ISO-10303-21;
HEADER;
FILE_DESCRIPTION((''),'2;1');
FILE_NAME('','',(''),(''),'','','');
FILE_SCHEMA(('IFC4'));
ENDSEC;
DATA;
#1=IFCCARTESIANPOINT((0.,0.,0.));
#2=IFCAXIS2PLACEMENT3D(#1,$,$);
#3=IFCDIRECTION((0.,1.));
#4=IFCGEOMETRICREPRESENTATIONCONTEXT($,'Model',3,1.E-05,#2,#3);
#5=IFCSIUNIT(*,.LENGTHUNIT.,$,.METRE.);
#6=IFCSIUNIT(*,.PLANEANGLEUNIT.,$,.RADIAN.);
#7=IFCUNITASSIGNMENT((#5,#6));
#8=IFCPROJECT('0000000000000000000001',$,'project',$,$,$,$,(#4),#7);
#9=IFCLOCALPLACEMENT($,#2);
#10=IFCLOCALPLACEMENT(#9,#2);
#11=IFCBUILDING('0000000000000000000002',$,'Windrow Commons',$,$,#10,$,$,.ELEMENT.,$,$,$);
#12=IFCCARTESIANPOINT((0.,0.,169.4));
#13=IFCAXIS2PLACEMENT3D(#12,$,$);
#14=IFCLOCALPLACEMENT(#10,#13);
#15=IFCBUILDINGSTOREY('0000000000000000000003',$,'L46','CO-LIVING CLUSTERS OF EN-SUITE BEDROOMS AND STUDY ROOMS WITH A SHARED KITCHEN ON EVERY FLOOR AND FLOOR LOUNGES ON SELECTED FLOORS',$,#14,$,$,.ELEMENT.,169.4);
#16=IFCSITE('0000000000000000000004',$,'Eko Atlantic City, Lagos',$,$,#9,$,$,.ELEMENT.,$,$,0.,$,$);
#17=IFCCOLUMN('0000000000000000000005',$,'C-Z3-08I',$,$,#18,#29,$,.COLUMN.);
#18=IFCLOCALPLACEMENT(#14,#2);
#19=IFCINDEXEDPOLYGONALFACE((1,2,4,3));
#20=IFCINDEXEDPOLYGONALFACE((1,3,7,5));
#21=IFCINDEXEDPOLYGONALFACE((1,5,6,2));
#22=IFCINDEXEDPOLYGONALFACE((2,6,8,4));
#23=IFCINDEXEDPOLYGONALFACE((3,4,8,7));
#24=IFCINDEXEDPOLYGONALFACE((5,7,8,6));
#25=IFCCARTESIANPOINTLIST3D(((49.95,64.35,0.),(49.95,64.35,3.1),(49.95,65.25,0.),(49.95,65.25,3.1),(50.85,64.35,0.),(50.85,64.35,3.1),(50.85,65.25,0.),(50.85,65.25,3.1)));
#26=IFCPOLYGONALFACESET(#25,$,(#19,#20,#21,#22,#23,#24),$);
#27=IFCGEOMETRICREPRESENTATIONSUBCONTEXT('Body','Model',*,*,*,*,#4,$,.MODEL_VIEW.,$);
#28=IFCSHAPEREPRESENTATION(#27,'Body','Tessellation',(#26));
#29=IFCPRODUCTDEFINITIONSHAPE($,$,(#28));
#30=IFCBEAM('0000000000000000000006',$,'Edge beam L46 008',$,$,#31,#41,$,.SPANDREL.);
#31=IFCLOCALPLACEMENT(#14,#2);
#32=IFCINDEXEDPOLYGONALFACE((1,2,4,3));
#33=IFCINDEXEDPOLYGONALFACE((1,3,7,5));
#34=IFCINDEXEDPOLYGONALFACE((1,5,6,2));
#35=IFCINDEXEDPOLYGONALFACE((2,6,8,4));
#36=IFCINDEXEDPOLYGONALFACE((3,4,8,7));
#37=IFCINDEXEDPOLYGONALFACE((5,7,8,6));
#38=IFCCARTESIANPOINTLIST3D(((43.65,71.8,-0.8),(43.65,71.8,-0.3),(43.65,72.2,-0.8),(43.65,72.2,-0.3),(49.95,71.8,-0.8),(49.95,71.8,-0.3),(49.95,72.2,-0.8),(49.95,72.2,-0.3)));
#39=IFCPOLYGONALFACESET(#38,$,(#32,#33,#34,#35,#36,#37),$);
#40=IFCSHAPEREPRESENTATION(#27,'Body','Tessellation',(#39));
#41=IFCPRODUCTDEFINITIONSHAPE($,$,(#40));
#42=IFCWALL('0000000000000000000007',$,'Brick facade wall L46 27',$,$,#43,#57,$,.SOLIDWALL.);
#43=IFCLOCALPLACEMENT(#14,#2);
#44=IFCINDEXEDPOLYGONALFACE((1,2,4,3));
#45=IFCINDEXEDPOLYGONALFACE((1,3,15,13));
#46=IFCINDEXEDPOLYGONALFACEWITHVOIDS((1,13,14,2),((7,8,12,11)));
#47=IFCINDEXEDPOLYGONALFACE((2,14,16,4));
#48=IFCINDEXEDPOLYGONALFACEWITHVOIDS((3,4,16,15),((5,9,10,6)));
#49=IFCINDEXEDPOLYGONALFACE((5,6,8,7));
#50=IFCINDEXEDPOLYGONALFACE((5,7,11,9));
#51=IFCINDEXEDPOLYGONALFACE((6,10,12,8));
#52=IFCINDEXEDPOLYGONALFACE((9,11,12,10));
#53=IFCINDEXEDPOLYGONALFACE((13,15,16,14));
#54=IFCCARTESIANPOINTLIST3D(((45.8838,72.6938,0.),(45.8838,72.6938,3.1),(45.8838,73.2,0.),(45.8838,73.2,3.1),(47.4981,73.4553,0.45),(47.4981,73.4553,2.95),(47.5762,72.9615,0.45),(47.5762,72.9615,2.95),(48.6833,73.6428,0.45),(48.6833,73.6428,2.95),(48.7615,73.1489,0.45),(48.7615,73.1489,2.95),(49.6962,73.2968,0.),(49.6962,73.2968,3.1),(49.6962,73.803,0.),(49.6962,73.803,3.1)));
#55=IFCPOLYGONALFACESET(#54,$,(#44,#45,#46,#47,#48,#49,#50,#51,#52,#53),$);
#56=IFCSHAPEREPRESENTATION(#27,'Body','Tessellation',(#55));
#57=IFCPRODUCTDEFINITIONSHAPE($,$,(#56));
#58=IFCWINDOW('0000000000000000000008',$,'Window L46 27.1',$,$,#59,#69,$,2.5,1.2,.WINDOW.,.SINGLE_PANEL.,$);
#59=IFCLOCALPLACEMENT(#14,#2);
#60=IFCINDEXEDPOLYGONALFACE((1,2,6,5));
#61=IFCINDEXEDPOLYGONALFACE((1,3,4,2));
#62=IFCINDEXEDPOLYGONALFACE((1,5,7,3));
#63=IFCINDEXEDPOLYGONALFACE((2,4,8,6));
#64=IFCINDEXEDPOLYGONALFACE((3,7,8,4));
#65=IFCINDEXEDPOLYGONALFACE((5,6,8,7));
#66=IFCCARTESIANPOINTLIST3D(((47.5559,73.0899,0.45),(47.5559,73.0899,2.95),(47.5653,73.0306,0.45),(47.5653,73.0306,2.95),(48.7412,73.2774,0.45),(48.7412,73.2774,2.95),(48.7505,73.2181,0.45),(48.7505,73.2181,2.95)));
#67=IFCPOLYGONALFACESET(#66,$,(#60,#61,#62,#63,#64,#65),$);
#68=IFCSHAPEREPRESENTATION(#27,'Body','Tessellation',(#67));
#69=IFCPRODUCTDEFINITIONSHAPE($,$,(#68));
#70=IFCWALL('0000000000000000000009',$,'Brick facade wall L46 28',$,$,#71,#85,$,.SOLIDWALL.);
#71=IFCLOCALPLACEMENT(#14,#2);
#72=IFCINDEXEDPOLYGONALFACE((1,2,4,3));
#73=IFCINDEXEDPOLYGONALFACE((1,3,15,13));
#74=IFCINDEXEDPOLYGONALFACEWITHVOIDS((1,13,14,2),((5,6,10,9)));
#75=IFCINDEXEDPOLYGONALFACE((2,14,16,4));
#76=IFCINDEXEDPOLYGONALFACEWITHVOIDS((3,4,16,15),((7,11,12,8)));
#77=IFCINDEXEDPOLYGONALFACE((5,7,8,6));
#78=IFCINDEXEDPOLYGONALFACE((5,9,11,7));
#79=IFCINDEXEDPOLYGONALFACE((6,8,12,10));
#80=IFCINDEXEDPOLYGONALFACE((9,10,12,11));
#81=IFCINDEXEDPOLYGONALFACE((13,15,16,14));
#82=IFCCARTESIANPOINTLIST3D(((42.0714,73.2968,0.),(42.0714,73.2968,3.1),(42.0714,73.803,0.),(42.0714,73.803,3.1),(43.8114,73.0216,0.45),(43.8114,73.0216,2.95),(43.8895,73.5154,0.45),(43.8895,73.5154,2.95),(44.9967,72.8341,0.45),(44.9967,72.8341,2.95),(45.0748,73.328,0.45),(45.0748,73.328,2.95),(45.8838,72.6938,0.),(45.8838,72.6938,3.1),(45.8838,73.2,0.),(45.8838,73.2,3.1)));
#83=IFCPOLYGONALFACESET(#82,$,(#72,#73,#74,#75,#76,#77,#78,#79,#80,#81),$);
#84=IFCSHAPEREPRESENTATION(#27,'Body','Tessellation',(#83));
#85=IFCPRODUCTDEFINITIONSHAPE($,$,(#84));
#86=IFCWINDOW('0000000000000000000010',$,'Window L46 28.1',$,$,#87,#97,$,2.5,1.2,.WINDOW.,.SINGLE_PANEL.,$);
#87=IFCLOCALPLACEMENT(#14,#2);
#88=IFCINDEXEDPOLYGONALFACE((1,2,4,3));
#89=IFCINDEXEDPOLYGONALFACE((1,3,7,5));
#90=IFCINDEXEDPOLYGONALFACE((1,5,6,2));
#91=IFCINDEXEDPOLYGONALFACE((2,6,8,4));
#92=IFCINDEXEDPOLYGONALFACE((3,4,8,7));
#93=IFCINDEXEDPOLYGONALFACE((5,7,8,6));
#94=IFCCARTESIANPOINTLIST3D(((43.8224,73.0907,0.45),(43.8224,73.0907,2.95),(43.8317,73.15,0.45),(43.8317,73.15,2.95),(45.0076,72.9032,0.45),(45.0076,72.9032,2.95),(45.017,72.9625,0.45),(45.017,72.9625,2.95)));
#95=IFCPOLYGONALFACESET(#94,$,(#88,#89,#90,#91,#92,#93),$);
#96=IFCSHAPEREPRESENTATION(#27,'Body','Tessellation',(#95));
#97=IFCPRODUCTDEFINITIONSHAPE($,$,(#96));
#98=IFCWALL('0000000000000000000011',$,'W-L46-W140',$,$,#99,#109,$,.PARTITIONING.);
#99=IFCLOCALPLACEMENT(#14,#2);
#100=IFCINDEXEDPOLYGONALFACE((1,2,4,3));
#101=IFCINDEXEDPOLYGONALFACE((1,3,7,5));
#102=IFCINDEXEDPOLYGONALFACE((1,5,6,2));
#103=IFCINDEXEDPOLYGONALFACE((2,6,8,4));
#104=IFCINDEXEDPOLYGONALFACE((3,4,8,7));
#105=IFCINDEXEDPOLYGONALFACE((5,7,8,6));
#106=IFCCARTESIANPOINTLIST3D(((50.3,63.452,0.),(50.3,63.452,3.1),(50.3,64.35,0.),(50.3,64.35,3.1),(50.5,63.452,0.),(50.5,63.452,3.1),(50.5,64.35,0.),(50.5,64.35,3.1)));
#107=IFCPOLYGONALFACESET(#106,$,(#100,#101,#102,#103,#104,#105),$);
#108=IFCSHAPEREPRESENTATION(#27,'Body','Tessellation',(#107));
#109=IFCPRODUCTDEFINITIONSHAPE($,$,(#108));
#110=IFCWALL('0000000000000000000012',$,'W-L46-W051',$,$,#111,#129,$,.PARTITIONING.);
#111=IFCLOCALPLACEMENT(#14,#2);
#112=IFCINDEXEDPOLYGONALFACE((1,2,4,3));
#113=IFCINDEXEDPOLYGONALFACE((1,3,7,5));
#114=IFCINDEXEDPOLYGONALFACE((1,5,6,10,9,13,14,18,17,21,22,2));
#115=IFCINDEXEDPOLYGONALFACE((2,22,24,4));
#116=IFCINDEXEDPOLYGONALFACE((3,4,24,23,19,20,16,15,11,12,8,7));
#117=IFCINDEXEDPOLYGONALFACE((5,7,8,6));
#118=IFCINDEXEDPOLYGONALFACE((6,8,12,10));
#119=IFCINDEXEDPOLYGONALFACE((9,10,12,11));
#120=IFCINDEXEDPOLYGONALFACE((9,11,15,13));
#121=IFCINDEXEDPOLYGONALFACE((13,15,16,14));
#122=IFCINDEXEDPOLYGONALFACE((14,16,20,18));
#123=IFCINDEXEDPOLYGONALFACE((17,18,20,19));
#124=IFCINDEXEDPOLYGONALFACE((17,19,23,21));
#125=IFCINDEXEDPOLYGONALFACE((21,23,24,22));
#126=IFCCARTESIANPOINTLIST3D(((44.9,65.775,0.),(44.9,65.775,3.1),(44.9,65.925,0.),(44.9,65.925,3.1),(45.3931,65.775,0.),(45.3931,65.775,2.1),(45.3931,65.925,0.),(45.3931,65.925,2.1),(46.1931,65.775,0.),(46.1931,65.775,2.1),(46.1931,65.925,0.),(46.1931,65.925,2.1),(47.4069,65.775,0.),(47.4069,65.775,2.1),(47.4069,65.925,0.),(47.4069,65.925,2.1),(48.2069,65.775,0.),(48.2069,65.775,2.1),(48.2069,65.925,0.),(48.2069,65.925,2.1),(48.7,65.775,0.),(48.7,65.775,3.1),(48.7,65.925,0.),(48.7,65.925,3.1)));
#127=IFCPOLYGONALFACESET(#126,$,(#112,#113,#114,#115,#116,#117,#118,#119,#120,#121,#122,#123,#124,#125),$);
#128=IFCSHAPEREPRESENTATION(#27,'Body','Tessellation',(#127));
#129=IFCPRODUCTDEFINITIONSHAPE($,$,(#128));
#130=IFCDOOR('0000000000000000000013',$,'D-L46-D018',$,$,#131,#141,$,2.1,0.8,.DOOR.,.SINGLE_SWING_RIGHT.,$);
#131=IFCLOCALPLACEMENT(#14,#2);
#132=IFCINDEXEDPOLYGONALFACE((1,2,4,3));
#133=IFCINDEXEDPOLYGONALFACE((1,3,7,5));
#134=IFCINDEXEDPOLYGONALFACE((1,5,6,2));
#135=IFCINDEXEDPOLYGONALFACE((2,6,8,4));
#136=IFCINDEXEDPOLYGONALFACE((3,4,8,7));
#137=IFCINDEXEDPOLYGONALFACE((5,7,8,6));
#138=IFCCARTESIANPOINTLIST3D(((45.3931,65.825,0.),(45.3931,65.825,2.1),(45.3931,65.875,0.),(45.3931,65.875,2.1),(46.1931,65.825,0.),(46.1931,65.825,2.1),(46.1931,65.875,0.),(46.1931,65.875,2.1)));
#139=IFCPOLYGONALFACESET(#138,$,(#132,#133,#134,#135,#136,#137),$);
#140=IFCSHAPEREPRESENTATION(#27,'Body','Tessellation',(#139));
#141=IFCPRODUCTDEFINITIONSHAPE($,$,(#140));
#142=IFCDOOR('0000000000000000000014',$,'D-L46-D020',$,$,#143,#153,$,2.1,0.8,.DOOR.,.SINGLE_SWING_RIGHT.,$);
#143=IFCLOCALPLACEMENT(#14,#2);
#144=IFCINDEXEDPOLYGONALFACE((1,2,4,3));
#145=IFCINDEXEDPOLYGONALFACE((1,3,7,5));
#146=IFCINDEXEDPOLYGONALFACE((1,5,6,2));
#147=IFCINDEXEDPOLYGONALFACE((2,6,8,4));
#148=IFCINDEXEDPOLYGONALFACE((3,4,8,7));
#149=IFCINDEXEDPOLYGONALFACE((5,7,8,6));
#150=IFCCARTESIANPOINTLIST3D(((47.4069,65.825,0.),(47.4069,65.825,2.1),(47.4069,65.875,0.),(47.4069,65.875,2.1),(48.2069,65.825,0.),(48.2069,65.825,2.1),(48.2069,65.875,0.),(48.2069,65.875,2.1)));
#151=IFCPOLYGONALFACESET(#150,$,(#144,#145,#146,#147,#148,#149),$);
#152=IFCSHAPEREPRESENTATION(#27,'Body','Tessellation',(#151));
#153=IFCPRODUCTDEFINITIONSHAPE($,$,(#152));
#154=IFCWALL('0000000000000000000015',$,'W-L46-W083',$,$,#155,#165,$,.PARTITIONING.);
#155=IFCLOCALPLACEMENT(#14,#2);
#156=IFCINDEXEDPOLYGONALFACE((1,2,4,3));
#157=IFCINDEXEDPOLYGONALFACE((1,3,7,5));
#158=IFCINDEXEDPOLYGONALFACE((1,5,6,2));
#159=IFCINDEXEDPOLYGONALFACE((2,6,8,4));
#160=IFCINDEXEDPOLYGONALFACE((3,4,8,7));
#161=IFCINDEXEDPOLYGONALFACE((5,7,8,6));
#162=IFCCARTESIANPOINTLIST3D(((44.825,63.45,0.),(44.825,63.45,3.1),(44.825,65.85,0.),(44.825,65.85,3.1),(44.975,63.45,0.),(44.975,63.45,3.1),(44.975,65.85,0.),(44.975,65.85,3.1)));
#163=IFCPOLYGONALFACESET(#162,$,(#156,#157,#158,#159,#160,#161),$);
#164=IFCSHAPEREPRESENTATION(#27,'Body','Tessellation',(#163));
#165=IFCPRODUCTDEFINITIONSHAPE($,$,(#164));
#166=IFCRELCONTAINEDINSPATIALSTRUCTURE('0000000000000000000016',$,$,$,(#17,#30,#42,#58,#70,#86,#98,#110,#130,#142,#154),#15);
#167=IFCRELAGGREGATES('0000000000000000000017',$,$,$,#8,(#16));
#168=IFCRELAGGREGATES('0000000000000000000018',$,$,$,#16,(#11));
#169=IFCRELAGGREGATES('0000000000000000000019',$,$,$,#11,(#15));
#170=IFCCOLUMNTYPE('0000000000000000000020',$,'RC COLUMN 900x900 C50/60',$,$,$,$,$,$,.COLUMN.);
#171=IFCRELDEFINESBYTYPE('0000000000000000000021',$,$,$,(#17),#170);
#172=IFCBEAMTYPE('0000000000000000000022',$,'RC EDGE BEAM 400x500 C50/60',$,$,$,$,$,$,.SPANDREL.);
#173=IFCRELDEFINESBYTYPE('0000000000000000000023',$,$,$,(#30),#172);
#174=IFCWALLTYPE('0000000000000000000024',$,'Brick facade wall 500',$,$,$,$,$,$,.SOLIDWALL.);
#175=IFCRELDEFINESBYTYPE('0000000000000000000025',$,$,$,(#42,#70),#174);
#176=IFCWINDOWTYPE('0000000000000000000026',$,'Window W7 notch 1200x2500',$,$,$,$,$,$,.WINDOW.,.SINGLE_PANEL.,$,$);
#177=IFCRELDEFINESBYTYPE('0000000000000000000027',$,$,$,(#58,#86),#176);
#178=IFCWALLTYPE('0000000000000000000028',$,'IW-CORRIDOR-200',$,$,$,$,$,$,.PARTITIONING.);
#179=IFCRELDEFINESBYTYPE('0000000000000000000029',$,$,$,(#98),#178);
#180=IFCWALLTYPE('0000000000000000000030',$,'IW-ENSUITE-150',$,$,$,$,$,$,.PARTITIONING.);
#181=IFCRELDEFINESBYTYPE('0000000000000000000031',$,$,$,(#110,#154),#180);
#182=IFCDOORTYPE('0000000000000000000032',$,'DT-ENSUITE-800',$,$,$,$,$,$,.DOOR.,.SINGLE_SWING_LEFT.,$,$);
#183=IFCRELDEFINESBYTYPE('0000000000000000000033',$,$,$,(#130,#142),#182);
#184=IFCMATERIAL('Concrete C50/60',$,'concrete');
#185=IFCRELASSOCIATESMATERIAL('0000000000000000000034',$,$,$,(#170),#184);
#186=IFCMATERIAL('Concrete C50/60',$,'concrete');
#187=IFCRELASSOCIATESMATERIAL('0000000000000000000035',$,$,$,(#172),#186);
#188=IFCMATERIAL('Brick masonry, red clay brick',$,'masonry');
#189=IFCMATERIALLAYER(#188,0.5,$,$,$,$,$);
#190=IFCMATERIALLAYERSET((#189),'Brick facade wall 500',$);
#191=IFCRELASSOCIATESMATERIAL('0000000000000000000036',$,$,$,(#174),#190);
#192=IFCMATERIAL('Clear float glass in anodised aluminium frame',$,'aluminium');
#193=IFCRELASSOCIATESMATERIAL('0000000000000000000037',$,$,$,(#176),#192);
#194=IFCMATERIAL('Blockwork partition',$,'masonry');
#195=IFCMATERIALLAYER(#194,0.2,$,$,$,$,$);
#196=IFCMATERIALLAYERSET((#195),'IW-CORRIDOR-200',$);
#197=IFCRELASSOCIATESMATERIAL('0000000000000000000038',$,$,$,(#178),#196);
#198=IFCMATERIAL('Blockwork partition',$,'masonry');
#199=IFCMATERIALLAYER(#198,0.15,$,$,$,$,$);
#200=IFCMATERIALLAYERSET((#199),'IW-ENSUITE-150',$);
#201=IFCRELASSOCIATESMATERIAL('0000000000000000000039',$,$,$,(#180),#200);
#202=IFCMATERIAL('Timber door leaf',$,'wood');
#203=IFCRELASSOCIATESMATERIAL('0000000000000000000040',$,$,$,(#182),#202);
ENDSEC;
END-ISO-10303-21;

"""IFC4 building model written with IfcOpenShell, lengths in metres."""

from ifc_helpers import new_model, si_unit, direction, frame, frame_2d, origin, origin_2d, place, context, subcontext, project, spatial, polyline, rectangle, outline, extrude, material, layer, layer_set, material_profile, profile_set, type_object, element, fill, save


model = new_model("IFC4")

# Units and contexts
model_context = context("Model", 3, precision=1e-05, world=origin(), true_north=direction((0.0, 1.0)))
body_context = subcontext(model_context, "Body", "Model", "MODEL_VIEW")
ifc_project = project(units=[si_unit("LENGTHUNIT", "METRE"), si_unit("PLANEANGLEUNIT", "RADIAN")], contexts=[model_context])

# Site, building, storey
site_placement = place(None, origin())
site = spatial("IfcSite", under=ifc_project, at=site_placement, Name="Eko Atlantic City, Lagos", CompositionType="ELEMENT", RefElevation=0.0)
building_placement = place(site_placement, origin())
building = spatial("IfcBuilding", under=site, at=building_placement, Name="Windrow Commons", CompositionType="ELEMENT")
storey_placement = place(building_placement, frame((0.0, 0.0, 169.4)))
storey = spatial("IfcBuildingStorey", under=building, at=storey_placement, Name="L46", Description="CO-LIVING CLUSTERS OF EN-SUITE BEDROOMS AND STUDY ROOMS WITH A SHARED KITCHEN ON EVERY FLOOR AND FLOOR LOUNGES ON SELECTED FLOORS", CompositionType="ELEMENT", Elevation=169.4)

# Column
ifc_material_1 = material(Name="Concrete C50/60", Category="concrete")
ifc_material_profile_1 = material_profile(ifc_material_1, rectangle(XDim=0.9, YDim=0.9, at=origin_2d()))
ifc_profile_set_1 = profile_set([ifc_material_profile_1], Name="Concrete C50/60")
column_type = type_object("IfcColumnType", Name="RC COLUMN 900x900 C50/60", PredefinedType="COLUMN", material=ifc_profile_set_1)
column_placement = place(storey_placement, frame((50.4, 64.8, 0.0), z_axis=(0.0, 0.0, 1.0), x_axis=(1.0, 0.0, 0.0)))
element("IfcColumn", 1, at=column_placement, inside=storey, type_object=column_type, Name="C-Z3-08I", PredefinedType="COLUMN", context=body_context, shape_type="SweptSolid", body=[
    extrude(rectangle(XDim=0.9, YDim=0.9, at=origin_2d()), origin(), (0.0, 0.0, 1.0), 3.1),
])

# Beam
ifc_material_2 = material(Name="Concrete C50/60", Category="concrete")
ifc_material_profile_2 = material_profile(ifc_material_2, rectangle(XDim=0.4, YDim=0.5, at=origin_2d()))
ifc_profile_set_2 = profile_set([ifc_material_profile_2], Name="Concrete C50/60")
beam_type = type_object("IfcBeamType", Name="RC EDGE BEAM 400x500 C50/60", PredefinedType="SPANDREL", material=ifc_profile_set_2)
beam_placement = place(storey_placement, frame((43.65, 72.0, -0.55), z_axis=(1.0, 0.0, 0.0), x_axis=(0.0, 1.0, 0.0)))
element("IfcBeam", 2, at=beam_placement, inside=storey, type_object=beam_type, Name="Edge beam L46 008", PredefinedType="SPANDREL", context=body_context, shape_type="SweptSolid", body=[
    extrude(rectangle(XDim=0.4, YDim=0.5, at=origin_2d()), origin(), (0.0, 0.0, 1.0), 6.3),
])

# Walls, openings, windows
ifc_material_3 = material(Name="Brick masonry, red clay brick", Category="masonry")
ifc_layer_1 = layer(ifc_material_3, 0.5)
ifc_layer_set_1 = layer_set([ifc_layer_1], Name="Brick facade wall 500")
wall_type_1 = type_object("IfcWallType", Name="Brick facade wall 500", PredefinedType="SOLIDWALL", material=ifc_layer_set_1)
wall_1_placement = place(storey_placement, frame((49.6962, 73.5499, 0.0), z_axis=(0.0, 0.0, 1.0), x_axis=(-0.987721, -0.156226, 0.0)))
wall_1 = element("IfcWall", 3, at=wall_1_placement, inside=storey, type_object=wall_type_1, Name="Brick facade wall L46 27", PredefinedType="SOLIDWALL", context=body_context, shape_type="SweptSolid", body=[
    extrude(outline(polyline([(-0.0395, -0.25), (3.8203, -0.25), (3.8993, 0.25), (0.0395, 0.25), (-0.0395, -0.25)])), origin(), (0.0, 0.0, 1.0), 3.1),
])
opening_1_placement = place(wall_1_placement, frame((0.9859, 0.0, 0.45)))
opening_1 = element("IfcOpeningElement", 4, at=opening_1_placement, cuts=wall_1, PredefinedType="OPENING", context=body_context, shape_type="SweptSolid", body=[
    extrude(rectangle(XDim=1.2, YDim=2.5, at=frame_2d((0.6, 1.25))), frame((0.0, 0.26, 0.0), z_axis=(0.0, -1.0, 0.0), x_axis=(1.0, 0.0, 0.0)), (0.0, 0.0, 1.0), 0.52),
])
ifc_material_4 = material(Name="Clear float glass in anodised aluminium frame", Category="aluminium")
window_type = type_object("IfcWindowType", Name="Window W7 notch 1200x2500", PartitioningType="SINGLE_PANEL", PredefinedType="WINDOW", material=ifc_material_4)
window_1_placement = place(opening_1_placement, origin())
window_1 = element("IfcWindow", 5, at=window_1_placement, inside=storey, type_object=window_type, Name="Window L46 27.1", OverallHeight=2.5, OverallWidth=1.2, PartitioningType="SINGLE_PANEL", PredefinedType="WINDOW", context=body_context, shape_type="SweptSolid", body=[
    extrude(rectangle(XDim=1.2, YDim=2.5, at=frame_2d((0.6, 1.25))), frame((0.0, 0.18, 0.0), z_axis=(0.0, -1.0, 0.0), x_axis=(1.0, 0.0, 0.0)), (0.0, 0.0, 1.0), 0.06),
])
fill(opening_1, window_1)
wall_2_placement = place(storey_placement, frame((45.8838, 72.9469, 0.0), z_axis=(0.0, 0.0, 1.0), x_axis=(-0.987721, 0.156226, 0.0)))
wall_2 = element("IfcWall", 6, at=wall_2_placement, inside=storey, type_object=wall_type_1, Name="Brick facade wall L46 28", PredefinedType="SOLIDWALL", context=body_context, shape_type="SweptSolid", body=[
    extrude(outline(polyline([(0.0395, -0.25), (3.8993, -0.25), (3.8203, 0.25), (-0.0395, 0.25), (0.0395, -0.25)])), origin(), (0.0, 0.0, 1.0), 3.1),
])
opening_2_placement = place(wall_2_placement, frame((0.8586, 0.0, 0.45)))
opening_2 = element("IfcOpeningElement", 7, at=opening_2_placement, cuts=wall_2, PredefinedType="OPENING", context=body_context, shape_type="SweptSolid", body=[
    extrude(rectangle(XDim=1.2, YDim=2.5, at=frame_2d((0.6, 1.25))), frame((0.0, 0.26, 0.0), z_axis=(0.0, -1.0, 0.0), x_axis=(1.0, 0.0, 0.0)), (0.0, 0.0, 1.0), 0.52),
])
window_2_placement = place(opening_2_placement, origin())
window_2 = element("IfcWindow", 8, at=window_2_placement, inside=storey, type_object=window_type, Name="Window L46 28.1", OverallHeight=2.5, OverallWidth=1.2, PartitioningType="SINGLE_PANEL", PredefinedType="WINDOW", context=body_context, shape_type="SweptSolid", body=[
    extrude(rectangle(XDim=1.2, YDim=2.5, at=frame_2d((0.6, 1.25))), frame((0.0, 0.18, 0.0), z_axis=(0.0, -1.0, 0.0), x_axis=(1.0, 0.0, 0.0)), (0.0, 0.0, 1.0), 0.06),
])
fill(opening_2, window_2)

# Wall
ifc_material_5 = material(Name="Blockwork partition", Category="masonry")
ifc_layer_2 = layer(ifc_material_5, 0.2)
ifc_layer_set_2 = layer_set([ifc_layer_2], Name="IW-CORRIDOR-200")
wall_type_2 = type_object("IfcWallType", Name="IW-CORRIDOR-200", PredefinedType="PARTITIONING", material=ifc_layer_set_2)
wall_3_placement = place(storey_placement, frame((50.4, 63.452, 0.0), z_axis=(0.0, 0.0, 1.0), x_axis=(0.0, 1.0, 0.0)))
element("IfcWall", 9, at=wall_3_placement, inside=storey, type_object=wall_type_2, Name="W-L46-W140", PredefinedType="PARTITIONING", context=body_context, shape_type="SweptSolid", body=[
    extrude(rectangle(XDim=0.898, YDim=0.2, at=frame_2d((0.449, 0.0))), origin(), (0.0, 0.0, 1.0), 3.1),
])

# Wall, openings, doors
ifc_material_6 = material(Name="Blockwork partition", Category="masonry")
ifc_layer_3 = layer(ifc_material_6, 0.15)
ifc_layer_set_3 = layer_set([ifc_layer_3], Name="IW-ENSUITE-150")
wall_type_3 = type_object("IfcWallType", Name="IW-ENSUITE-150", PredefinedType="PARTITIONING", material=ifc_layer_set_3)
wall_4_placement = place(storey_placement, frame((44.9, 65.85, 0.0), z_axis=(0.0, 0.0, 1.0), x_axis=(1.0, 0.0, 0.0)))
wall_4 = element("IfcWall", 10, at=wall_4_placement, inside=storey, type_object=wall_type_3, Name="W-L46-W051", PredefinedType="PARTITIONING", context=body_context, shape_type="SweptSolid", body=[
    extrude(rectangle(XDim=3.8, YDim=0.15, at=frame_2d((1.9, 0.0))), origin(), (0.0, 0.0, 1.0), 3.1),
])
opening_3_placement = place(wall_4_placement, frame((0.4931, 0.0, 0.0)))
opening_3 = element("IfcOpeningElement", 11, at=opening_3_placement, cuts=wall_4, PredefinedType="OPENING", context=body_context, shape_type="SweptSolid", body=[
    extrude(rectangle(XDim=0.8, YDim=2.1, at=frame_2d((0.4, 1.05))), frame((0.0, 0.085, 0.0), z_axis=(0.0, -1.0, 0.0), x_axis=(1.0, 0.0, 0.0)), (0.0, 0.0, 1.0), 0.17),
])
opening_4_placement = place(wall_4_placement, frame((2.5069, 0.0, 0.0)))
opening_4 = element("IfcOpeningElement", 12, at=opening_4_placement, cuts=wall_4, PredefinedType="OPENING", context=body_context, shape_type="SweptSolid", body=[
    extrude(rectangle(XDim=0.8, YDim=2.1, at=frame_2d((0.4, 1.05))), frame((0.0, 0.085, 0.0), z_axis=(0.0, -1.0, 0.0), x_axis=(1.0, 0.0, 0.0)), (0.0, 0.0, 1.0), 0.17),
])
ifc_material_7 = material(Name="Timber door leaf", Category="wood")
door_type = type_object("IfcDoorType", Name="DT-ENSUITE-800", OperationType="SINGLE_SWING_LEFT", PredefinedType="DOOR", material=ifc_material_7)
door_1_placement = place(opening_3_placement, origin())
door_1 = element("IfcDoor", 13, at=door_1_placement, inside=storey, type_object=door_type, Name="D-L46-D018", OperationType="SINGLE_SWING_RIGHT", OverallHeight=2.1, OverallWidth=0.8, PredefinedType="DOOR", context=body_context, shape_type="SweptSolid", body=[
    extrude(rectangle(XDim=0.8, YDim=2.1, at=frame_2d((0.4, 1.05))), frame((0.0, 0.025, 0.0), z_axis=(0.0, -1.0, 0.0), x_axis=(1.0, 0.0, 0.0)), (0.0, 0.0, 1.0), 0.05),
])
fill(opening_3, door_1)
door_2_placement = place(opening_4_placement, origin())
door_2 = element("IfcDoor", 14, at=door_2_placement, inside=storey, type_object=door_type, Name="D-L46-D020", OperationType="SINGLE_SWING_RIGHT", OverallHeight=2.1, OverallWidth=0.8, PredefinedType="DOOR", context=body_context, shape_type="SweptSolid", body=[
    extrude(rectangle(XDim=0.8, YDim=2.1, at=frame_2d((0.4, 1.05))), frame((0.0, 0.025, 0.0), z_axis=(0.0, -1.0, 0.0), x_axis=(1.0, 0.0, 0.0)), (0.0, 0.0, 1.0), 0.05),
])
fill(opening_4, door_2)

# Wall
for number, where, z_axis, x_axis, name in (
    (15, (44.9, 63.45, 0.0), (0.0, 0.0, 1.0), (0.0, 1.0, 0.0), "W-L46-W083"),
):
    element("IfcWall", number, at=place(storey_placement, frame(where, z_axis=z_axis, x_axis=x_axis)), inside=storey, type_object=wall_type_3, Name=name, PredefinedType="PARTITIONING", context=body_context, shape_type="SweptSolid", body=[
        extrude(rectangle(XDim=2.4, YDim=0.15, at=frame_2d((1.2, 0.0))), origin(), (0.0, 0.0, 1.0), 3.1),
    ])

save(model, "model.ifc")
